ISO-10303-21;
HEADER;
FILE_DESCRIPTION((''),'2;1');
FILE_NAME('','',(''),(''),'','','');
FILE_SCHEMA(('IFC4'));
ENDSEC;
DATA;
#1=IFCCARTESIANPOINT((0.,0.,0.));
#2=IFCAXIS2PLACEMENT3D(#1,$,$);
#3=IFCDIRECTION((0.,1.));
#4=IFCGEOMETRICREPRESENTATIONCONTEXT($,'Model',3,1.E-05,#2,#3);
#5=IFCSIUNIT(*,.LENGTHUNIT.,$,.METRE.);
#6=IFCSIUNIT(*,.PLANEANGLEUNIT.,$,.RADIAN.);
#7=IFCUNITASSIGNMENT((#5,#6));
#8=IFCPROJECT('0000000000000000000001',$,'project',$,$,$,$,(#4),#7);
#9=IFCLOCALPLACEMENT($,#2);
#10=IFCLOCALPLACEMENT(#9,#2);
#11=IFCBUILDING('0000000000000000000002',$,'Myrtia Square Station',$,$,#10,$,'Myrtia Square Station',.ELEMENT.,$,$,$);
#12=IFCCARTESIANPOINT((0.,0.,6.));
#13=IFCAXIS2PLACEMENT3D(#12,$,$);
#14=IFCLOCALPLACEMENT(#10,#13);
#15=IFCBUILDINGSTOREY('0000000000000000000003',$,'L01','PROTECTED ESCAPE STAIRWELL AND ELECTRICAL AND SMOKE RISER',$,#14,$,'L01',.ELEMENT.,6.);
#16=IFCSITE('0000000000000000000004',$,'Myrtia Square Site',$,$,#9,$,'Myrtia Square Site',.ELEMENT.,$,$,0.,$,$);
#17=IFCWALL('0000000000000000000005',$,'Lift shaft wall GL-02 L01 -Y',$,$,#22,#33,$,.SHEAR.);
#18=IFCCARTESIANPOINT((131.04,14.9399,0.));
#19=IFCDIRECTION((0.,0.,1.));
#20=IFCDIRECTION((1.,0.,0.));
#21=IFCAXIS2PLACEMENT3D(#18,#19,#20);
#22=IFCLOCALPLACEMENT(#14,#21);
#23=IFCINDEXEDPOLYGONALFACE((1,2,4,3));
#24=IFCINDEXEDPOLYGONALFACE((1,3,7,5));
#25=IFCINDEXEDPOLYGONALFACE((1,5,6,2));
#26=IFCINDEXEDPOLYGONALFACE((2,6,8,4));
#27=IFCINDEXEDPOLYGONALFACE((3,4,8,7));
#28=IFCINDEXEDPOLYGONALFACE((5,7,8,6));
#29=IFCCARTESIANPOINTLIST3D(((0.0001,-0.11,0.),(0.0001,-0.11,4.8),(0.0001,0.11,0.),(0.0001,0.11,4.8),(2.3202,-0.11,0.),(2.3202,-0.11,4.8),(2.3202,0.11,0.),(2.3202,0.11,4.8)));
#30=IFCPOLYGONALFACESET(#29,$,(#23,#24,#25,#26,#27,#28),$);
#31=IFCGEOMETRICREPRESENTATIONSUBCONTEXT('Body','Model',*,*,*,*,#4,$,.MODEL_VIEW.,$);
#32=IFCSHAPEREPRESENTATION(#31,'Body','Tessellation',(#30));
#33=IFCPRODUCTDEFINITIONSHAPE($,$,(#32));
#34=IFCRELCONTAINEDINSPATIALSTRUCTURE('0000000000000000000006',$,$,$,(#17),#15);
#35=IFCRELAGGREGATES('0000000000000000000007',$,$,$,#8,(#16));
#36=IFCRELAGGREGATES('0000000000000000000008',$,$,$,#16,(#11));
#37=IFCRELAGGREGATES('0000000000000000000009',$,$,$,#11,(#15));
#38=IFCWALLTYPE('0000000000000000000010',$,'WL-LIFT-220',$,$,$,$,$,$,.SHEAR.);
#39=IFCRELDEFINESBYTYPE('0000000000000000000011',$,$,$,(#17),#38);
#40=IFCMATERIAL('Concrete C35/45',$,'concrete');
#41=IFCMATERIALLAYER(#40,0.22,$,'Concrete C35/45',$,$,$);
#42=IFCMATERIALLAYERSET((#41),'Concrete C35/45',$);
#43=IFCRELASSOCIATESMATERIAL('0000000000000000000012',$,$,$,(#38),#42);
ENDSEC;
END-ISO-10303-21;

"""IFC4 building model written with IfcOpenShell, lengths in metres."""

from ifc_helpers import new_model, si_unit, direction, frame, frame_2d, origin, place, context, subcontext, project, spatial, rectangle, extrude, material, layer, layer_set, type_object, element, save


model = new_model("IFC4")

# Units and contexts
model_context = context("Model", 3, precision=1e-05, world=origin(), true_north=direction((0.0, 1.0)))
body_context = subcontext(model_context, "Body", "Model", "MODEL_VIEW")
ifc_project = project(units=[si_unit("LENGTHUNIT", "METRE"), si_unit("PLANEANGLEUNIT", "RADIAN")], contexts=[model_context])

# Site, building, storey
site_placement = place(None, origin())
site = spatial("IfcSite", under=ifc_project, at=site_placement, Name="Myrtia Square Site", LongName="Myrtia Square Site", CompositionType="ELEMENT", RefElevation=0.0)
building_placement = place(site_placement, origin())
building = spatial("IfcBuilding", under=site, at=building_placement, Name="Myrtia Square Station", LongName="Myrtia Square Station", CompositionType="ELEMENT")
storey_placement = place(building_placement, frame((0.0, 0.0, 6.0)))
storey = spatial("IfcBuildingStorey", under=building, at=storey_placement, Name="L01", Description="PROTECTED ESCAPE STAIRWELL AND ELECTRICAL AND SMOKE RISER", LongName="L01", CompositionType="ELEMENT", Elevation=6.0)

# Shared definitions
ifc_material_1 = material(Name="Concrete C35/45", Category="concrete")

# Shared definitions
ifc_layer_1 = layer(ifc_material_1, 0.22, Name="Concrete C35/45")
ifc_layer_set_1 = layer_set([ifc_layer_1], Name="Concrete C35/45")
wall_type_1 = type_object("IfcWallType", Name="WL-LIFT-220", PredefinedType="SHEAR", material=ifc_layer_set_1)

# Wall
wall_1_placement = place(storey_placement, frame((131.04, 14.9399, 0.0), z_axis=(0.0, 0.0, 1.0), x_axis=(1.0, 0.0, 0.0)))
element("IfcWall", 1, at=wall_1_placement, inside=storey, type_object=wall_type_1, Name="Lift shaft wall GL-02 L01 -Y", PredefinedType="SHEAR", context=body_context, shape_type="SweptSolid", body=[
    extrude(rectangle(XDim=2.3201, YDim=0.22, at=frame_2d((1.1602, 0.0))), origin(), (0.0, 0.0, 1.0), 4.8),
])

save(model, "model.ifc")
